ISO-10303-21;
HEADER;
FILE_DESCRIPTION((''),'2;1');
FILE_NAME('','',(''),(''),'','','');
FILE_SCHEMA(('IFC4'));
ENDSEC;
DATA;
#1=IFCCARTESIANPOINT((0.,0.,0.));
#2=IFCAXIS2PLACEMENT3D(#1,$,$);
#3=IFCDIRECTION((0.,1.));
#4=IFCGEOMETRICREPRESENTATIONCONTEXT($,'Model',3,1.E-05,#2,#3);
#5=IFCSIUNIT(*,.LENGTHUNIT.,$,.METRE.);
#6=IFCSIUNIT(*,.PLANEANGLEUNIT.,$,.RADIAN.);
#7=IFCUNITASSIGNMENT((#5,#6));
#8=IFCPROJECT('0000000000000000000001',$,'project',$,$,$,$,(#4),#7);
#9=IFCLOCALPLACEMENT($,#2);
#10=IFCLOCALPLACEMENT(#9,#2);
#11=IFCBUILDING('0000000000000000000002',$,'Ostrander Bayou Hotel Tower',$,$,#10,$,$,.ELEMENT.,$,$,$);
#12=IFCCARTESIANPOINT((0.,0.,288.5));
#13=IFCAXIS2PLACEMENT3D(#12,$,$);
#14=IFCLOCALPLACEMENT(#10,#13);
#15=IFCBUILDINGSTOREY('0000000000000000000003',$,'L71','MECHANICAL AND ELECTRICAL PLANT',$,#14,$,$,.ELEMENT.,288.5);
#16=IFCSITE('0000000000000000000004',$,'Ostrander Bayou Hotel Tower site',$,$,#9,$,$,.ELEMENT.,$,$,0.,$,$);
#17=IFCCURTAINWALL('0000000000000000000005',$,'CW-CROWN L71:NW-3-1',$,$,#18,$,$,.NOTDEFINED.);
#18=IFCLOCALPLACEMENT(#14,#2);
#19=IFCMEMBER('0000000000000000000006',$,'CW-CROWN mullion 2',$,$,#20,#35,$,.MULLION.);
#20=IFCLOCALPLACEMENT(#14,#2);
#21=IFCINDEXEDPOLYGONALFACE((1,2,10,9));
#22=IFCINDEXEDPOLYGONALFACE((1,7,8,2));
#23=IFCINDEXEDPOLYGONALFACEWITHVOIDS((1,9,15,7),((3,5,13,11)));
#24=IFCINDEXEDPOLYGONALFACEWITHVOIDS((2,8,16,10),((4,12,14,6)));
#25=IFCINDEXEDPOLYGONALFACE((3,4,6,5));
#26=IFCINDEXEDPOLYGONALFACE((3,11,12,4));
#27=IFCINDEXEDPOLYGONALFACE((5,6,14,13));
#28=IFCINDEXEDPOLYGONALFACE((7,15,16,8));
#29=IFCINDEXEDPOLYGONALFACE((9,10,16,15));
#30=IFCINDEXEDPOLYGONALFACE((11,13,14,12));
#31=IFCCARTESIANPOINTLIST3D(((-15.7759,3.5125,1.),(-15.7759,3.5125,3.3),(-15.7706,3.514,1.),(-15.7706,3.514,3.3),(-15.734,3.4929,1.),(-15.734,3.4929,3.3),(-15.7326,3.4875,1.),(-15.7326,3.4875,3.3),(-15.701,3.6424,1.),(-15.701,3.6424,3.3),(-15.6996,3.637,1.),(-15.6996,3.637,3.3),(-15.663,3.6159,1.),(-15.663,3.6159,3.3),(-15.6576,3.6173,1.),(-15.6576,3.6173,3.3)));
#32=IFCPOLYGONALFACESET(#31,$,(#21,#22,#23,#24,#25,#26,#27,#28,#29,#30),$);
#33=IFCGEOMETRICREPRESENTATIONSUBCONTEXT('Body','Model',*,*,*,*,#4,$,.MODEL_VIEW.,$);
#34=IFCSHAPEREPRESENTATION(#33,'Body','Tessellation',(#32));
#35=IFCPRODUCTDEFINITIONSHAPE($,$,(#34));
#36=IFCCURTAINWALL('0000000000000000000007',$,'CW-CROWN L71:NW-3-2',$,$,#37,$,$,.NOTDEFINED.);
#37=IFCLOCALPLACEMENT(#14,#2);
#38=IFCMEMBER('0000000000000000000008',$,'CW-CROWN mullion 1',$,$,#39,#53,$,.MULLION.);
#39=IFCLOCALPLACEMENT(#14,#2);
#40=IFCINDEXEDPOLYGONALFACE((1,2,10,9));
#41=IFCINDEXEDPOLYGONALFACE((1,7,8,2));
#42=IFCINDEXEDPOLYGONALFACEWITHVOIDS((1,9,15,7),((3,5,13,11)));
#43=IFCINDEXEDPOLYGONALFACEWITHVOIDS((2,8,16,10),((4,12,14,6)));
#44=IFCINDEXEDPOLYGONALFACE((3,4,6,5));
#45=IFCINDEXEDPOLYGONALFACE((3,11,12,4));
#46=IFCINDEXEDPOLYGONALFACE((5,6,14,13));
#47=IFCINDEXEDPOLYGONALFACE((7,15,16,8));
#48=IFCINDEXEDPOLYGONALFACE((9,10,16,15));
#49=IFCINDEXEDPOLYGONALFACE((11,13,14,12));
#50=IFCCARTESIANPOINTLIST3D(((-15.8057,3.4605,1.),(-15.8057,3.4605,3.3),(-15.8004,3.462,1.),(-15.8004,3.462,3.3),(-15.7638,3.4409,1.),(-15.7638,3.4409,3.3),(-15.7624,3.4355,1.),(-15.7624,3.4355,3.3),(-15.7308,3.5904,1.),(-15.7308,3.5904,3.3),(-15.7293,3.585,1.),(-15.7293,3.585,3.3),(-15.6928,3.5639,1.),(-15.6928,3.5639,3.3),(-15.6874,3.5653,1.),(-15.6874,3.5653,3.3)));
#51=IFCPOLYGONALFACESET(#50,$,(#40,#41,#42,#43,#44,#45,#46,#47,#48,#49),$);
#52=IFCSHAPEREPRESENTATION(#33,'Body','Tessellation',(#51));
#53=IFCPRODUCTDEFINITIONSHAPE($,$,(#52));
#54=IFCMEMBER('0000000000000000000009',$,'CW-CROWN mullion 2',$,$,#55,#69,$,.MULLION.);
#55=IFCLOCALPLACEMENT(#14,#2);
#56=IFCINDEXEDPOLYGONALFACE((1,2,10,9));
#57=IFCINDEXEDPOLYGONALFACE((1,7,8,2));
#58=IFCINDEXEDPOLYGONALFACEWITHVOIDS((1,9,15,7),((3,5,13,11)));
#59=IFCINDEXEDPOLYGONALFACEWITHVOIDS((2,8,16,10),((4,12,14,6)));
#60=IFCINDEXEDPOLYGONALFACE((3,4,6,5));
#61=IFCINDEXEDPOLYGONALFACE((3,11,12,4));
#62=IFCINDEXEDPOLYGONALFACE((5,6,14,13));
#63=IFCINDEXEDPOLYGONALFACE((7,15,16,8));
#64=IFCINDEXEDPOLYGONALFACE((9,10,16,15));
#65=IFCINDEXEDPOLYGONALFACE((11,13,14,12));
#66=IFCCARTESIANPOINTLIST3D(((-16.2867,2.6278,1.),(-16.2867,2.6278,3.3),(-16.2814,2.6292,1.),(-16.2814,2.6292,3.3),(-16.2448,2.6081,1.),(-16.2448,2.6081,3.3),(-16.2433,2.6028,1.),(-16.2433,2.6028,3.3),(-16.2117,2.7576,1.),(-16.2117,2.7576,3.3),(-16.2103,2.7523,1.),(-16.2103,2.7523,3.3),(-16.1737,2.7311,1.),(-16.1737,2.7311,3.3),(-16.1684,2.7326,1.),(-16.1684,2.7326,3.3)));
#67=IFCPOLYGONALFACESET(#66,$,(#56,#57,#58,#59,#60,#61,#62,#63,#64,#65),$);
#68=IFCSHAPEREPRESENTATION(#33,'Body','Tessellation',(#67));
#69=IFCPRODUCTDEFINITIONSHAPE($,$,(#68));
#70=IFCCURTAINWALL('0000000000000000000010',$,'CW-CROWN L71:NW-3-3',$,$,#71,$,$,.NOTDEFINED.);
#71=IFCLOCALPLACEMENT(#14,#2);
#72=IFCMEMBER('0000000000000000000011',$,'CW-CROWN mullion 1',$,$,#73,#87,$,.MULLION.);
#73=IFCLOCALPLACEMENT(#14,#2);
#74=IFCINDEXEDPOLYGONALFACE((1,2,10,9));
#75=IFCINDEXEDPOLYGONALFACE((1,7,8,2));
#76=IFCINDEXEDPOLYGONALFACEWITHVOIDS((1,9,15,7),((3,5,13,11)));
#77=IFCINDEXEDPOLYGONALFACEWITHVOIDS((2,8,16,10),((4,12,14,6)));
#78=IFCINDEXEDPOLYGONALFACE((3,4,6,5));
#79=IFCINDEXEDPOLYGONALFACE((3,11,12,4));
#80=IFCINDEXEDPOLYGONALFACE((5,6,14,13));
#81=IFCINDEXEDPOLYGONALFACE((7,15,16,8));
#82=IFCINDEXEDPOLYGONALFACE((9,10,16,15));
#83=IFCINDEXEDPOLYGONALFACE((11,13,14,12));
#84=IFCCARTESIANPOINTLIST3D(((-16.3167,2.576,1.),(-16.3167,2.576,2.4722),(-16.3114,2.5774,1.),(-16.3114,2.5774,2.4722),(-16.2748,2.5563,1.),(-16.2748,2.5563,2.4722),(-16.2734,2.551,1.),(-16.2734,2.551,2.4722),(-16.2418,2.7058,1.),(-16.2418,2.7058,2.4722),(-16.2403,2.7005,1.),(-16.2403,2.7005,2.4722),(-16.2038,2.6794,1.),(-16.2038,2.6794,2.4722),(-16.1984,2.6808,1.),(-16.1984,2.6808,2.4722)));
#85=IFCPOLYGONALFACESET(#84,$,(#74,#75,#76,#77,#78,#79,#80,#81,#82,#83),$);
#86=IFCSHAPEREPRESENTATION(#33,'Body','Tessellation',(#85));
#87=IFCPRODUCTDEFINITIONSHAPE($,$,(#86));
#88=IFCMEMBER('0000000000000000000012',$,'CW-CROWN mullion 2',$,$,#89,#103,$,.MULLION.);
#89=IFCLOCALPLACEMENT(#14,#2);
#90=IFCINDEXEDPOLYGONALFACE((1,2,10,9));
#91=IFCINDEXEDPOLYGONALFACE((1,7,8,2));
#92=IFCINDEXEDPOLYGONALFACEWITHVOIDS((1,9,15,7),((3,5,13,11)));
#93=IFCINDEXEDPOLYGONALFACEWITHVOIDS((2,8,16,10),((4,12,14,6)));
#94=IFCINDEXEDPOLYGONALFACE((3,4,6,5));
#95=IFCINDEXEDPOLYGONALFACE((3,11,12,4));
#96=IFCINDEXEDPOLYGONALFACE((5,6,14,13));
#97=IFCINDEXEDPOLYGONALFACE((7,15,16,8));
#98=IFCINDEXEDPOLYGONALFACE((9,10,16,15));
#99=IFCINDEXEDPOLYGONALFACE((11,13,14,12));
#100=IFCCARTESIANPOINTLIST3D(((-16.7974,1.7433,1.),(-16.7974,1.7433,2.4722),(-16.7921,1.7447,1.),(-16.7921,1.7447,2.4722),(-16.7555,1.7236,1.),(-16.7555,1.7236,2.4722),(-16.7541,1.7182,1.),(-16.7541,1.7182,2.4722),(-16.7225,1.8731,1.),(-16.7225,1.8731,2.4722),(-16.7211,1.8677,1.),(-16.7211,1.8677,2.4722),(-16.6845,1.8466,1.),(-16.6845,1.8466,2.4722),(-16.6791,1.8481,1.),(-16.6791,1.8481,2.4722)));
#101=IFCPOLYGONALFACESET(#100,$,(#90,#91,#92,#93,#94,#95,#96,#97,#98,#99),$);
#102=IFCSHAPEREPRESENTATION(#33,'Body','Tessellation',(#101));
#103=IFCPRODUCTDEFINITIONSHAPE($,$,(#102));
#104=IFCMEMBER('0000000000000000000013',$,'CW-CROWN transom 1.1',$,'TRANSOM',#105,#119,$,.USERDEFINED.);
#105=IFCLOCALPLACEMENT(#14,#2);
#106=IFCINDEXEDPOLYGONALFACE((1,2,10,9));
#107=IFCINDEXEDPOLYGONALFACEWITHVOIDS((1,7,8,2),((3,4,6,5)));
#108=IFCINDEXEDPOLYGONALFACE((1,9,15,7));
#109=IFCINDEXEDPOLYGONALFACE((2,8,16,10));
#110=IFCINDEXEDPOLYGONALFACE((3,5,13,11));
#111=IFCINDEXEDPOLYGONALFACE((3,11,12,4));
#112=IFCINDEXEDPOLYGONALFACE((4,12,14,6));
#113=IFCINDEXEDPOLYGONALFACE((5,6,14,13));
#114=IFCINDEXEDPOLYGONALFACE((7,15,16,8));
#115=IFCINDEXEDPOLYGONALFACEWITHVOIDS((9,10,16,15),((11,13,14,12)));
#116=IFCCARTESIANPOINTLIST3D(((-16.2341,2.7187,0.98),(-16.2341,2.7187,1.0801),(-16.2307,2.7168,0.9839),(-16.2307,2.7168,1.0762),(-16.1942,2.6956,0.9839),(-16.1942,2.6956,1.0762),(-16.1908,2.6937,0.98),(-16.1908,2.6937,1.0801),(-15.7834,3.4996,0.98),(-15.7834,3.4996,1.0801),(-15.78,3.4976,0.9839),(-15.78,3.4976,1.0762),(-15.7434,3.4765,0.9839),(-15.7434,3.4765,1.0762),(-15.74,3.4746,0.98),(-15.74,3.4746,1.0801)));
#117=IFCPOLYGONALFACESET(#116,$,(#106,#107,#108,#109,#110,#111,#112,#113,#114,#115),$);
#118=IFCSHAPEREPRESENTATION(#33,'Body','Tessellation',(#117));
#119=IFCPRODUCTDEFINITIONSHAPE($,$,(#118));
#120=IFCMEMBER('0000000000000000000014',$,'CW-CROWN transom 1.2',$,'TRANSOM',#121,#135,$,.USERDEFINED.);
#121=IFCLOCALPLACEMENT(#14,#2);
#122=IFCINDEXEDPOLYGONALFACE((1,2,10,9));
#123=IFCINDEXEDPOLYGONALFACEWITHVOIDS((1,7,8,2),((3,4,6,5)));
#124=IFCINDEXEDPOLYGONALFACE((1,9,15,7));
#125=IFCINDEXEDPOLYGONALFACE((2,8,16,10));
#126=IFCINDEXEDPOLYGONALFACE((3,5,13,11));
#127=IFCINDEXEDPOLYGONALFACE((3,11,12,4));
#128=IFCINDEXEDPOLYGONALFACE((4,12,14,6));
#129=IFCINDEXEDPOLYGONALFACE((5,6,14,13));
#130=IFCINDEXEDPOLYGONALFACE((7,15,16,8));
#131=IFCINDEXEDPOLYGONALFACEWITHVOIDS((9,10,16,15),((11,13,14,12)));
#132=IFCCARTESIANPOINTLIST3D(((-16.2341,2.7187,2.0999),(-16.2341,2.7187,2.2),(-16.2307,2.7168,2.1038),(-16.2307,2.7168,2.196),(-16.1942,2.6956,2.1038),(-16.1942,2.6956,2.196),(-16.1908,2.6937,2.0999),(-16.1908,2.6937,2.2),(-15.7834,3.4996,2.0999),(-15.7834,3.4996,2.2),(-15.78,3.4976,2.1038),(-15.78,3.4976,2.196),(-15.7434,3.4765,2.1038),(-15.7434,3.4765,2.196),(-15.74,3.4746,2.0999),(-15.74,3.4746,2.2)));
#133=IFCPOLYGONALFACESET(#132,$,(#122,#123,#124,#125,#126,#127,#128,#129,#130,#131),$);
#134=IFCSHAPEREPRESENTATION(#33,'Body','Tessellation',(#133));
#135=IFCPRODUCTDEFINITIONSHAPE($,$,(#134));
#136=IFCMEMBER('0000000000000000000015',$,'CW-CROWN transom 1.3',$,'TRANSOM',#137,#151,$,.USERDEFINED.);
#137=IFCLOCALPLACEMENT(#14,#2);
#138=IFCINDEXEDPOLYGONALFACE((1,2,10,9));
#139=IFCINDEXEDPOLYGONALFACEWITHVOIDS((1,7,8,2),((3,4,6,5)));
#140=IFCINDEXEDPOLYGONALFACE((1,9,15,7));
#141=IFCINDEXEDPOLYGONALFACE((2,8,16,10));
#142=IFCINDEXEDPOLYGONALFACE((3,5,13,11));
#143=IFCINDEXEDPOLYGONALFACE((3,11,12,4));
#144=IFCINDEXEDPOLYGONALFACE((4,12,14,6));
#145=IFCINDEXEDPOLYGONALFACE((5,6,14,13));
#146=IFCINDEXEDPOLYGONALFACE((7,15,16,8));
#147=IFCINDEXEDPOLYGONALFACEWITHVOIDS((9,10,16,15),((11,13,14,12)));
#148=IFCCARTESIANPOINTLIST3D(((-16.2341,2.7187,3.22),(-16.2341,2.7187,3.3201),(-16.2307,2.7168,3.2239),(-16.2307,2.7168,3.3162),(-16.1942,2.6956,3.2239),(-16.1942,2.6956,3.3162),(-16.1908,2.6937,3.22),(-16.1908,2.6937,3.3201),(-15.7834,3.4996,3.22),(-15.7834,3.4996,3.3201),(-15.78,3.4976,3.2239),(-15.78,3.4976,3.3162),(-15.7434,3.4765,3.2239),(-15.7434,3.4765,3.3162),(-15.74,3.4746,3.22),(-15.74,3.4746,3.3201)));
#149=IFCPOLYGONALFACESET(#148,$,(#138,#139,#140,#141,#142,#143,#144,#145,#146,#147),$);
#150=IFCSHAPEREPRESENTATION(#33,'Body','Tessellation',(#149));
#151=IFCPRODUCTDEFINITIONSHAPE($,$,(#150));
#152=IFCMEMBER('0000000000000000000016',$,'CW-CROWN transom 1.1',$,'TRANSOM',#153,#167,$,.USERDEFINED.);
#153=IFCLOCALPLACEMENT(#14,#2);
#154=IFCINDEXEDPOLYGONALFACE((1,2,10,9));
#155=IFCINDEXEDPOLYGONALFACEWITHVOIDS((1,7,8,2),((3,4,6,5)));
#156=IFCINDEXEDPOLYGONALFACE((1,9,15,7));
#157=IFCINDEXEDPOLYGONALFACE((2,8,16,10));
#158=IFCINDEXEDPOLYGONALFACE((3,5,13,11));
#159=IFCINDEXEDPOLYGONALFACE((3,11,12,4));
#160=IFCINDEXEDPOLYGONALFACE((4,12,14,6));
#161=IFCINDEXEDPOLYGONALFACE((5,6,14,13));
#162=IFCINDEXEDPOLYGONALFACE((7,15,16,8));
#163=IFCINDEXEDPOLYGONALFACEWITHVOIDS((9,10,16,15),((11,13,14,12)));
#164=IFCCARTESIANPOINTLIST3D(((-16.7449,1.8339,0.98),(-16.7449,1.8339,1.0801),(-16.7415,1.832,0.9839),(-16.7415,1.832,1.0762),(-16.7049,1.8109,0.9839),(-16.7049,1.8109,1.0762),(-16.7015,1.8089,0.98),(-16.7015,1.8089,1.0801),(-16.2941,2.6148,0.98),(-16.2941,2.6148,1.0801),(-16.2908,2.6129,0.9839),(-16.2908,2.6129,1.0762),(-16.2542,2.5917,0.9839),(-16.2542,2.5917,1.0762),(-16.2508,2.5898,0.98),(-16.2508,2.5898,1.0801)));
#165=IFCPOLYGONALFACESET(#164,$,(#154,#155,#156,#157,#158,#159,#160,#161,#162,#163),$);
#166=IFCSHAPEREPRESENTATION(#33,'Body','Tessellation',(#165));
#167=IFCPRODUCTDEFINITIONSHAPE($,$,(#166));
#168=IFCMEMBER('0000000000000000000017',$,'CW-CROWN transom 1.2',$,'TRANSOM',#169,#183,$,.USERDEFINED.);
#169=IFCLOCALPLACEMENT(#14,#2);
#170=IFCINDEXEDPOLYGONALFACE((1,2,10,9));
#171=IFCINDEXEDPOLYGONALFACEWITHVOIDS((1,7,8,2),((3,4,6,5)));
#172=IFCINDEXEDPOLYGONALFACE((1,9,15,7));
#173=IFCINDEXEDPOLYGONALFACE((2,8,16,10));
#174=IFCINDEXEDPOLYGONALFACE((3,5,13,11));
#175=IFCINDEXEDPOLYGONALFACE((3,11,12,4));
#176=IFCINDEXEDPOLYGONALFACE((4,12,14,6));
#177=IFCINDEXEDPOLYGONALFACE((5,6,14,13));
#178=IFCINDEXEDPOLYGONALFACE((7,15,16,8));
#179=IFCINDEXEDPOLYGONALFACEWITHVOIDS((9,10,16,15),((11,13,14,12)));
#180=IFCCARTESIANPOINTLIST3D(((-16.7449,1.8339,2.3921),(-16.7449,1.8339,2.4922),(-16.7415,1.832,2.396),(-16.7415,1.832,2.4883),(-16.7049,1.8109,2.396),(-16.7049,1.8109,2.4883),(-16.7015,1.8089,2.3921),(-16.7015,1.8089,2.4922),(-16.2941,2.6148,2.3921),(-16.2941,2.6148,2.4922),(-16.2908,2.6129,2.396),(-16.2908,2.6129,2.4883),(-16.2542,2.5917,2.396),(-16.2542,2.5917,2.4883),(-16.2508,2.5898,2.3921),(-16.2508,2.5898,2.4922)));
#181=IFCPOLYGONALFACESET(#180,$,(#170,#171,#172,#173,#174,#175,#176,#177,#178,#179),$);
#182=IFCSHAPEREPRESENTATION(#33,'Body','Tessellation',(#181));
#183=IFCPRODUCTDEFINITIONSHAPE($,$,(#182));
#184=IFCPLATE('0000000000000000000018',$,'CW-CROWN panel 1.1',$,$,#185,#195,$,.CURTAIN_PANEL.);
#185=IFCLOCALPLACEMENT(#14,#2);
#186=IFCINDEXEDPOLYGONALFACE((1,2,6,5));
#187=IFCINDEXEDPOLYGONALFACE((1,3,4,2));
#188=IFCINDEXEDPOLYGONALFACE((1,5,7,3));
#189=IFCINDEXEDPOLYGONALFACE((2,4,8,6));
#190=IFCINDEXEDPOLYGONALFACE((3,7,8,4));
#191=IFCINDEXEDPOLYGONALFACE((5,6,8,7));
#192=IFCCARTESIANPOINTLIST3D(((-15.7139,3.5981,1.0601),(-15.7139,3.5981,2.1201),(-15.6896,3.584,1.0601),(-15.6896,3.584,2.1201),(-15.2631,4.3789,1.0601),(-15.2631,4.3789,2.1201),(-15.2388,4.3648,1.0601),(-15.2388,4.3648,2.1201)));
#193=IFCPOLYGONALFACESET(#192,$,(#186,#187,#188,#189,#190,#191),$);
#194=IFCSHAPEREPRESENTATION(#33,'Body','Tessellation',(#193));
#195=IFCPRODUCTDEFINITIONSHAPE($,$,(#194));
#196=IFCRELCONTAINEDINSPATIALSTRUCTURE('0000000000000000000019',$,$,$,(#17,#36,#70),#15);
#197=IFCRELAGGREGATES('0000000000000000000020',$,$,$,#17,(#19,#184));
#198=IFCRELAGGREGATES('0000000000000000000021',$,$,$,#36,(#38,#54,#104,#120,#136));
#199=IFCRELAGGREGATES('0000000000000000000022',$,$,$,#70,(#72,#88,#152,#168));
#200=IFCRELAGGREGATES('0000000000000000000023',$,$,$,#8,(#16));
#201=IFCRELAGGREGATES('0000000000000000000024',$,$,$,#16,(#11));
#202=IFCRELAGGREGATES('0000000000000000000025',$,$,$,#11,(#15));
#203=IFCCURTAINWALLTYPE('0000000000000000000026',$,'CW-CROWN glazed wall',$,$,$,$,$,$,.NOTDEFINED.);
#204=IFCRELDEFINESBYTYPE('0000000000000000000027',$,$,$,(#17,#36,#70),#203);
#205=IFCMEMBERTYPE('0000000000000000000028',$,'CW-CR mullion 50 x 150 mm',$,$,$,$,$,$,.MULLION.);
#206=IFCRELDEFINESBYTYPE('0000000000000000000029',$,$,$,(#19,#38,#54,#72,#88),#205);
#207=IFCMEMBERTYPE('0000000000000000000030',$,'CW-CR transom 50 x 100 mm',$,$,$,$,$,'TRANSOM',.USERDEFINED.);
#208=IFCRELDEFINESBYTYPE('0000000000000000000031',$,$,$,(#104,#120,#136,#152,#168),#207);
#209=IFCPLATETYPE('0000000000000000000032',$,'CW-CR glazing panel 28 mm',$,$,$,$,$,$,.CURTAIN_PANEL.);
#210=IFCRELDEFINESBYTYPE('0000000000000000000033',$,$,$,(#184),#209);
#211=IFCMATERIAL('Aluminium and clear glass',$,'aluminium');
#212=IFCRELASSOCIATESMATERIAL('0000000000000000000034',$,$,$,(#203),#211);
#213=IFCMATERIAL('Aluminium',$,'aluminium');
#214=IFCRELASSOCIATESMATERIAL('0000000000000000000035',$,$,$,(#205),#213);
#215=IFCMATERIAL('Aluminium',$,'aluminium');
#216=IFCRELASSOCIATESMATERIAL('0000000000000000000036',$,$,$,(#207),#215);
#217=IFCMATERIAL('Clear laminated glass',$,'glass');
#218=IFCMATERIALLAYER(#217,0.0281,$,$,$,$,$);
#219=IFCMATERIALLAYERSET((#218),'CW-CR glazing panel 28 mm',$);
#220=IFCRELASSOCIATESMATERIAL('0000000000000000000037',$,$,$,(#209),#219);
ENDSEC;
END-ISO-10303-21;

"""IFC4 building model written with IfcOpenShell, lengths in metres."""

from ifc_helpers import new_model, si_unit, direction, frame, origin, origin_2d, place, context, subcontext, project, spatial, rectangle, hollow_rectangle, extrude, material, layer, layer_set, material_profile, profile_set, type_object, element, aggregate, save


model = new_model("IFC4")

# Units and contexts
model_context = context("Model", 3, precision=1e-05, world=origin(), true_north=direction((0.0, 1.0)))
body_context = subcontext(model_context, "Body", "Model", "MODEL_VIEW")
ifc_project = project(units=[si_unit("LENGTHUNIT", "METRE"), si_unit("PLANEANGLEUNIT", "RADIAN")], contexts=[model_context])

# Site, building, storey
site_placement = place(None, origin())
site = spatial("IfcSite", under=ifc_project, at=site_placement, Name="Ostrander Bayou Hotel Tower site", CompositionType="ELEMENT", RefElevation=0.0)
building_placement = place(site_placement, origin())
building = spatial("IfcBuilding", under=site, at=building_placement, Name="Ostrander Bayou Hotel Tower", CompositionType="ELEMENT")
storey_placement = place(building_placement, frame((0.0, 0.0, 288.5)))
storey = spatial("IfcBuildingStorey", under=building, at=storey_placement, Name="L71", Description="MECHANICAL AND ELECTRICAL PLANT", CompositionType="ELEMENT", Elevation=288.5)

# Curtain wall, member
ifc_material_1 = material(Name="Aluminium and clear glass", Category="aluminium")
curtain_wall_type = type_object("IfcCurtainWallType", Name="CW-CROWN glazed wall", PredefinedType="NOTDEFINED", material=ifc_material_1)
curtain_wall_1_placement = place(storey_placement, origin())
curtain_wall_1 = element("IfcCurtainWall", 1, at=curtain_wall_1_placement, inside=storey, type_object=curtain_wall_type, Name="CW-CROWN L71:NW-3-1", PredefinedType="NOTDEFINED")
ifc_material_2 = material(Name="Aluminium", Category="aluminium")
ifc_material_profile_1 = material_profile(ifc_material_2, hollow_rectangle(XDim=0.05, YDim=0.1499, WallThickness=0.0039, at=origin_2d()))
ifc_profile_set_1 = profile_set([ifc_material_profile_1], Name="Aluminium")
member_type_1 = type_object("IfcMemberType", Name="CW-CR mullion 50 x 150 mm", PredefinedType="MULLION", material=ifc_profile_set_1)
member_1_placement = place(storey_placement, frame((-15.7168, 3.5649, 1.0), z_axis=(0.0, 0.0, 1.0), x_axis=(0.866018, -0.500013, 0.0)))
member_1 = element("IfcMember", 2, at=member_1_placement, type_object=member_type_1, Name="CW-CROWN mullion 2", PredefinedType="MULLION", context=body_context, shape_type="SweptSolid", body=[
    extrude(hollow_rectangle(XDim=0.05, YDim=0.1499, WallThickness=0.0039, at=origin_2d()), origin(), (0.0, 0.0, 1.0), 2.3),
])

# Curtain walls, members
curtain_wall_2_placement = place(storey_placement, origin())
curtain_wall_2 = element("IfcCurtainWall", 3, at=curtain_wall_2_placement, inside=storey, type_object=curtain_wall_type, Name="CW-CROWN L71:NW-3-2", PredefinedType="NOTDEFINED")
member_2_placement = place(storey_placement, frame((-15.7466, 3.5129, 1.0), z_axis=(0.0, 0.0, 1.0), x_axis=(0.866018, -0.500013, 0.0)))
member_2 = element("IfcMember", 4, at=member_2_placement, type_object=member_type_1, Name="CW-CROWN mullion 1", PredefinedType="MULLION", context=body_context, shape_type="SweptSolid", body=[
    extrude(hollow_rectangle(XDim=0.05, YDim=0.1499, WallThickness=0.0039, at=origin_2d()), origin(), (0.0, 0.0, 1.0), 2.3),
])
member_3_placement = place(storey_placement, frame((-16.2275, 2.6802, 1.0), z_axis=(0.0, 0.0, 1.0), x_axis=(0.866018, -0.500013, 0.0)))
member_3 = element("IfcMember", 5, at=member_3_placement, type_object=member_type_1, Name="CW-CROWN mullion 2", PredefinedType="MULLION", context=body_context, shape_type="SweptSolid", body=[
    extrude(hollow_rectangle(XDim=0.05, YDim=0.1499, WallThickness=0.0039, at=origin_2d()), origin(), (0.0, 0.0, 1.0), 2.3),
])
curtain_wall_3_placement = place(storey_placement, origin())
curtain_wall_3 = element("IfcCurtainWall", 6, at=curtain_wall_3_placement, inside=storey, type_object=curtain_wall_type, Name="CW-CROWN L71:NW-3-3", PredefinedType="NOTDEFINED")
member_4_placement = place(storey_placement, frame((-16.2576, 2.6284, 1.0), z_axis=(0.0, 0.0, 1.0), x_axis=(0.86606, -0.49994, 0.0)))
member_4 = element("IfcMember", 7, at=member_4_placement, type_object=member_type_1, Name="CW-CROWN mullion 1", PredefinedType="MULLION", context=body_context, shape_type="SweptSolid", body=[
    extrude(hollow_rectangle(XDim=0.05, YDim=0.1499, WallThickness=0.0039, at=origin_2d()), origin(), (0.0, 0.0, 1.0), 1.4722),
])
member_5_placement = place(storey_placement, frame((-16.7383, 1.7957, 1.0), z_axis=(0.0, 0.0, 1.0), x_axis=(0.86606, -0.49994, 0.0)))
member_5 = element("IfcMember", 8, at=member_5_placement, type_object=member_type_1, Name="CW-CROWN mullion 2", PredefinedType="MULLION", context=body_context, shape_type="SweptSolid", body=[
    extrude(hollow_rectangle(XDim=0.05, YDim=0.1499, WallThickness=0.0039, at=origin_2d()), origin(), (0.0, 0.0, 1.0), 1.4722),
])

# Members
ifc_material_3 = material(Name="Aluminium", Category="aluminium")
ifc_material_profile_2 = material_profile(ifc_material_3, hollow_rectangle(XDim=0.05, YDim=0.1001, WallThickness=0.0039, at=origin_2d()))
ifc_profile_set_2 = profile_set([ifc_material_profile_2], Name="Aluminium")
member_type_2 = type_object("IfcMemberType", Name="CW-CR transom 50 x 100 mm", ElementType="TRANSOM", PredefinedType="USERDEFINED", material=ifc_profile_set_2)
member_6_placement = place(storey_placement, frame((-15.7617, 3.4871, 1.03), z_axis=(-0.499926, -0.866068, 0.0), x_axis=(0.866068, -0.499926, 0.0)))
member_6 = element("IfcMember", 9, at=member_6_placement, type_object=member_type_2, Name="CW-CROWN transom 1.1", ObjectType="TRANSOM", PredefinedType="USERDEFINED", context=body_context, shape_type="SweptSolid", body=[
    extrude(hollow_rectangle(XDim=0.05, YDim=0.1001, WallThickness=0.0039, at=origin_2d()), origin(), (0.0, 0.0, 1.0), 0.9016),
])
member_7_placement = place(storey_placement, frame((-15.7617, 3.4871, 2.1499), z_axis=(-0.499926, -0.866068, 0.0), x_axis=(0.866068, -0.499926, 0.0)))
member_7 = element("IfcMember", 10, at=member_7_placement, type_object=member_type_2, Name="CW-CROWN transom 1.2", ObjectType="TRANSOM", PredefinedType="USERDEFINED", context=body_context, shape_type="SweptSolid", body=[
    extrude(hollow_rectangle(XDim=0.05, YDim=0.1001, WallThickness=0.0039, at=origin_2d()), origin(), (0.0, 0.0, 1.0), 0.9016),
])
member_8_placement = place(storey_placement, frame((-15.7617, 3.4871, 3.27), z_axis=(-0.499926, -0.866068, 0.0), x_axis=(0.866068, -0.499926, 0.0)))
member_8 = element("IfcMember", 11, at=member_8_placement, type_object=member_type_2, Name="CW-CROWN transom 1.3", ObjectType="TRANSOM", PredefinedType="USERDEFINED", context=body_context, shape_type="SweptSolid", body=[
    extrude(hollow_rectangle(XDim=0.05, YDim=0.1001, WallThickness=0.0039, at=origin_2d()), origin(), (0.0, 0.0, 1.0), 0.9016),
])
member_9_placement = place(storey_placement, frame((-16.2725, 2.6023, 1.03), z_axis=(-0.499926, -0.866068, 0.0), x_axis=(0.866068, -0.499926, 0.0)))
member_9 = element("IfcMember", 12, at=member_9_placement, type_object=member_type_2, Name="CW-CROWN transom 1.1", ObjectType="TRANSOM", PredefinedType="USERDEFINED", context=body_context, shape_type="SweptSolid", body=[
    extrude(hollow_rectangle(XDim=0.05, YDim=0.1001, WallThickness=0.0039, at=origin_2d()), origin(), (0.0, 0.0, 1.0), 0.9016),
])
member_10_placement = place(storey_placement, frame((-16.2725, 2.6023, 2.4421), z_axis=(-0.499926, -0.866068, 0.0), x_axis=(0.866068, -0.499926, 0.0)))
member_10 = element("IfcMember", 13, at=member_10_placement, type_object=member_type_2, Name="CW-CROWN transom 1.2", ObjectType="TRANSOM", PredefinedType="USERDEFINED", context=body_context, shape_type="SweptSolid", body=[
    extrude(hollow_rectangle(XDim=0.05, YDim=0.1001, WallThickness=0.0039, at=origin_2d()), origin(), (0.0, 0.0, 1.0), 0.9016),
])

# Plate
ifc_material_4 = material(Name="Clear laminated glass", Category="glass")
ifc_layer_1 = layer(ifc_material_4, 0.0281)
ifc_layer_set_1 = layer_set([ifc_layer_1], Name="CW-CR glazing panel 28 mm")
plate_type = type_object("IfcPlateType", Name="CW-CR glazing panel 28 mm", PredefinedType="CURTAIN_PANEL", material=ifc_layer_set_1)
plate_1_placement = place(storey_placement, frame((-15.4763, 3.9814, 1.0601), z_axis=(0.0, 0.0, 1.0), x_axis=(-0.500013, -0.866018, 0.0)))
plate_1 = element("IfcPlate", 14, at=plate_1_placement, type_object=plate_type, Name="CW-CROWN panel 1.1", PredefinedType="CURTAIN_PANEL", context=body_context, shape_type="SweptSolid", body=[
    extrude(rectangle(XDim=0.9016, YDim=0.0281, at=origin_2d()), origin(), (0.0, 0.0, 1.0), 1.0601),
])
aggregate(curtain_wall_1, [member_1, plate_1])
aggregate(curtain_wall_2, [member_2, member_3, member_6, member_7, member_8])
aggregate(curtain_wall_3, [member_4, member_5, member_9, member_10])

save(model, "model.ifc")
